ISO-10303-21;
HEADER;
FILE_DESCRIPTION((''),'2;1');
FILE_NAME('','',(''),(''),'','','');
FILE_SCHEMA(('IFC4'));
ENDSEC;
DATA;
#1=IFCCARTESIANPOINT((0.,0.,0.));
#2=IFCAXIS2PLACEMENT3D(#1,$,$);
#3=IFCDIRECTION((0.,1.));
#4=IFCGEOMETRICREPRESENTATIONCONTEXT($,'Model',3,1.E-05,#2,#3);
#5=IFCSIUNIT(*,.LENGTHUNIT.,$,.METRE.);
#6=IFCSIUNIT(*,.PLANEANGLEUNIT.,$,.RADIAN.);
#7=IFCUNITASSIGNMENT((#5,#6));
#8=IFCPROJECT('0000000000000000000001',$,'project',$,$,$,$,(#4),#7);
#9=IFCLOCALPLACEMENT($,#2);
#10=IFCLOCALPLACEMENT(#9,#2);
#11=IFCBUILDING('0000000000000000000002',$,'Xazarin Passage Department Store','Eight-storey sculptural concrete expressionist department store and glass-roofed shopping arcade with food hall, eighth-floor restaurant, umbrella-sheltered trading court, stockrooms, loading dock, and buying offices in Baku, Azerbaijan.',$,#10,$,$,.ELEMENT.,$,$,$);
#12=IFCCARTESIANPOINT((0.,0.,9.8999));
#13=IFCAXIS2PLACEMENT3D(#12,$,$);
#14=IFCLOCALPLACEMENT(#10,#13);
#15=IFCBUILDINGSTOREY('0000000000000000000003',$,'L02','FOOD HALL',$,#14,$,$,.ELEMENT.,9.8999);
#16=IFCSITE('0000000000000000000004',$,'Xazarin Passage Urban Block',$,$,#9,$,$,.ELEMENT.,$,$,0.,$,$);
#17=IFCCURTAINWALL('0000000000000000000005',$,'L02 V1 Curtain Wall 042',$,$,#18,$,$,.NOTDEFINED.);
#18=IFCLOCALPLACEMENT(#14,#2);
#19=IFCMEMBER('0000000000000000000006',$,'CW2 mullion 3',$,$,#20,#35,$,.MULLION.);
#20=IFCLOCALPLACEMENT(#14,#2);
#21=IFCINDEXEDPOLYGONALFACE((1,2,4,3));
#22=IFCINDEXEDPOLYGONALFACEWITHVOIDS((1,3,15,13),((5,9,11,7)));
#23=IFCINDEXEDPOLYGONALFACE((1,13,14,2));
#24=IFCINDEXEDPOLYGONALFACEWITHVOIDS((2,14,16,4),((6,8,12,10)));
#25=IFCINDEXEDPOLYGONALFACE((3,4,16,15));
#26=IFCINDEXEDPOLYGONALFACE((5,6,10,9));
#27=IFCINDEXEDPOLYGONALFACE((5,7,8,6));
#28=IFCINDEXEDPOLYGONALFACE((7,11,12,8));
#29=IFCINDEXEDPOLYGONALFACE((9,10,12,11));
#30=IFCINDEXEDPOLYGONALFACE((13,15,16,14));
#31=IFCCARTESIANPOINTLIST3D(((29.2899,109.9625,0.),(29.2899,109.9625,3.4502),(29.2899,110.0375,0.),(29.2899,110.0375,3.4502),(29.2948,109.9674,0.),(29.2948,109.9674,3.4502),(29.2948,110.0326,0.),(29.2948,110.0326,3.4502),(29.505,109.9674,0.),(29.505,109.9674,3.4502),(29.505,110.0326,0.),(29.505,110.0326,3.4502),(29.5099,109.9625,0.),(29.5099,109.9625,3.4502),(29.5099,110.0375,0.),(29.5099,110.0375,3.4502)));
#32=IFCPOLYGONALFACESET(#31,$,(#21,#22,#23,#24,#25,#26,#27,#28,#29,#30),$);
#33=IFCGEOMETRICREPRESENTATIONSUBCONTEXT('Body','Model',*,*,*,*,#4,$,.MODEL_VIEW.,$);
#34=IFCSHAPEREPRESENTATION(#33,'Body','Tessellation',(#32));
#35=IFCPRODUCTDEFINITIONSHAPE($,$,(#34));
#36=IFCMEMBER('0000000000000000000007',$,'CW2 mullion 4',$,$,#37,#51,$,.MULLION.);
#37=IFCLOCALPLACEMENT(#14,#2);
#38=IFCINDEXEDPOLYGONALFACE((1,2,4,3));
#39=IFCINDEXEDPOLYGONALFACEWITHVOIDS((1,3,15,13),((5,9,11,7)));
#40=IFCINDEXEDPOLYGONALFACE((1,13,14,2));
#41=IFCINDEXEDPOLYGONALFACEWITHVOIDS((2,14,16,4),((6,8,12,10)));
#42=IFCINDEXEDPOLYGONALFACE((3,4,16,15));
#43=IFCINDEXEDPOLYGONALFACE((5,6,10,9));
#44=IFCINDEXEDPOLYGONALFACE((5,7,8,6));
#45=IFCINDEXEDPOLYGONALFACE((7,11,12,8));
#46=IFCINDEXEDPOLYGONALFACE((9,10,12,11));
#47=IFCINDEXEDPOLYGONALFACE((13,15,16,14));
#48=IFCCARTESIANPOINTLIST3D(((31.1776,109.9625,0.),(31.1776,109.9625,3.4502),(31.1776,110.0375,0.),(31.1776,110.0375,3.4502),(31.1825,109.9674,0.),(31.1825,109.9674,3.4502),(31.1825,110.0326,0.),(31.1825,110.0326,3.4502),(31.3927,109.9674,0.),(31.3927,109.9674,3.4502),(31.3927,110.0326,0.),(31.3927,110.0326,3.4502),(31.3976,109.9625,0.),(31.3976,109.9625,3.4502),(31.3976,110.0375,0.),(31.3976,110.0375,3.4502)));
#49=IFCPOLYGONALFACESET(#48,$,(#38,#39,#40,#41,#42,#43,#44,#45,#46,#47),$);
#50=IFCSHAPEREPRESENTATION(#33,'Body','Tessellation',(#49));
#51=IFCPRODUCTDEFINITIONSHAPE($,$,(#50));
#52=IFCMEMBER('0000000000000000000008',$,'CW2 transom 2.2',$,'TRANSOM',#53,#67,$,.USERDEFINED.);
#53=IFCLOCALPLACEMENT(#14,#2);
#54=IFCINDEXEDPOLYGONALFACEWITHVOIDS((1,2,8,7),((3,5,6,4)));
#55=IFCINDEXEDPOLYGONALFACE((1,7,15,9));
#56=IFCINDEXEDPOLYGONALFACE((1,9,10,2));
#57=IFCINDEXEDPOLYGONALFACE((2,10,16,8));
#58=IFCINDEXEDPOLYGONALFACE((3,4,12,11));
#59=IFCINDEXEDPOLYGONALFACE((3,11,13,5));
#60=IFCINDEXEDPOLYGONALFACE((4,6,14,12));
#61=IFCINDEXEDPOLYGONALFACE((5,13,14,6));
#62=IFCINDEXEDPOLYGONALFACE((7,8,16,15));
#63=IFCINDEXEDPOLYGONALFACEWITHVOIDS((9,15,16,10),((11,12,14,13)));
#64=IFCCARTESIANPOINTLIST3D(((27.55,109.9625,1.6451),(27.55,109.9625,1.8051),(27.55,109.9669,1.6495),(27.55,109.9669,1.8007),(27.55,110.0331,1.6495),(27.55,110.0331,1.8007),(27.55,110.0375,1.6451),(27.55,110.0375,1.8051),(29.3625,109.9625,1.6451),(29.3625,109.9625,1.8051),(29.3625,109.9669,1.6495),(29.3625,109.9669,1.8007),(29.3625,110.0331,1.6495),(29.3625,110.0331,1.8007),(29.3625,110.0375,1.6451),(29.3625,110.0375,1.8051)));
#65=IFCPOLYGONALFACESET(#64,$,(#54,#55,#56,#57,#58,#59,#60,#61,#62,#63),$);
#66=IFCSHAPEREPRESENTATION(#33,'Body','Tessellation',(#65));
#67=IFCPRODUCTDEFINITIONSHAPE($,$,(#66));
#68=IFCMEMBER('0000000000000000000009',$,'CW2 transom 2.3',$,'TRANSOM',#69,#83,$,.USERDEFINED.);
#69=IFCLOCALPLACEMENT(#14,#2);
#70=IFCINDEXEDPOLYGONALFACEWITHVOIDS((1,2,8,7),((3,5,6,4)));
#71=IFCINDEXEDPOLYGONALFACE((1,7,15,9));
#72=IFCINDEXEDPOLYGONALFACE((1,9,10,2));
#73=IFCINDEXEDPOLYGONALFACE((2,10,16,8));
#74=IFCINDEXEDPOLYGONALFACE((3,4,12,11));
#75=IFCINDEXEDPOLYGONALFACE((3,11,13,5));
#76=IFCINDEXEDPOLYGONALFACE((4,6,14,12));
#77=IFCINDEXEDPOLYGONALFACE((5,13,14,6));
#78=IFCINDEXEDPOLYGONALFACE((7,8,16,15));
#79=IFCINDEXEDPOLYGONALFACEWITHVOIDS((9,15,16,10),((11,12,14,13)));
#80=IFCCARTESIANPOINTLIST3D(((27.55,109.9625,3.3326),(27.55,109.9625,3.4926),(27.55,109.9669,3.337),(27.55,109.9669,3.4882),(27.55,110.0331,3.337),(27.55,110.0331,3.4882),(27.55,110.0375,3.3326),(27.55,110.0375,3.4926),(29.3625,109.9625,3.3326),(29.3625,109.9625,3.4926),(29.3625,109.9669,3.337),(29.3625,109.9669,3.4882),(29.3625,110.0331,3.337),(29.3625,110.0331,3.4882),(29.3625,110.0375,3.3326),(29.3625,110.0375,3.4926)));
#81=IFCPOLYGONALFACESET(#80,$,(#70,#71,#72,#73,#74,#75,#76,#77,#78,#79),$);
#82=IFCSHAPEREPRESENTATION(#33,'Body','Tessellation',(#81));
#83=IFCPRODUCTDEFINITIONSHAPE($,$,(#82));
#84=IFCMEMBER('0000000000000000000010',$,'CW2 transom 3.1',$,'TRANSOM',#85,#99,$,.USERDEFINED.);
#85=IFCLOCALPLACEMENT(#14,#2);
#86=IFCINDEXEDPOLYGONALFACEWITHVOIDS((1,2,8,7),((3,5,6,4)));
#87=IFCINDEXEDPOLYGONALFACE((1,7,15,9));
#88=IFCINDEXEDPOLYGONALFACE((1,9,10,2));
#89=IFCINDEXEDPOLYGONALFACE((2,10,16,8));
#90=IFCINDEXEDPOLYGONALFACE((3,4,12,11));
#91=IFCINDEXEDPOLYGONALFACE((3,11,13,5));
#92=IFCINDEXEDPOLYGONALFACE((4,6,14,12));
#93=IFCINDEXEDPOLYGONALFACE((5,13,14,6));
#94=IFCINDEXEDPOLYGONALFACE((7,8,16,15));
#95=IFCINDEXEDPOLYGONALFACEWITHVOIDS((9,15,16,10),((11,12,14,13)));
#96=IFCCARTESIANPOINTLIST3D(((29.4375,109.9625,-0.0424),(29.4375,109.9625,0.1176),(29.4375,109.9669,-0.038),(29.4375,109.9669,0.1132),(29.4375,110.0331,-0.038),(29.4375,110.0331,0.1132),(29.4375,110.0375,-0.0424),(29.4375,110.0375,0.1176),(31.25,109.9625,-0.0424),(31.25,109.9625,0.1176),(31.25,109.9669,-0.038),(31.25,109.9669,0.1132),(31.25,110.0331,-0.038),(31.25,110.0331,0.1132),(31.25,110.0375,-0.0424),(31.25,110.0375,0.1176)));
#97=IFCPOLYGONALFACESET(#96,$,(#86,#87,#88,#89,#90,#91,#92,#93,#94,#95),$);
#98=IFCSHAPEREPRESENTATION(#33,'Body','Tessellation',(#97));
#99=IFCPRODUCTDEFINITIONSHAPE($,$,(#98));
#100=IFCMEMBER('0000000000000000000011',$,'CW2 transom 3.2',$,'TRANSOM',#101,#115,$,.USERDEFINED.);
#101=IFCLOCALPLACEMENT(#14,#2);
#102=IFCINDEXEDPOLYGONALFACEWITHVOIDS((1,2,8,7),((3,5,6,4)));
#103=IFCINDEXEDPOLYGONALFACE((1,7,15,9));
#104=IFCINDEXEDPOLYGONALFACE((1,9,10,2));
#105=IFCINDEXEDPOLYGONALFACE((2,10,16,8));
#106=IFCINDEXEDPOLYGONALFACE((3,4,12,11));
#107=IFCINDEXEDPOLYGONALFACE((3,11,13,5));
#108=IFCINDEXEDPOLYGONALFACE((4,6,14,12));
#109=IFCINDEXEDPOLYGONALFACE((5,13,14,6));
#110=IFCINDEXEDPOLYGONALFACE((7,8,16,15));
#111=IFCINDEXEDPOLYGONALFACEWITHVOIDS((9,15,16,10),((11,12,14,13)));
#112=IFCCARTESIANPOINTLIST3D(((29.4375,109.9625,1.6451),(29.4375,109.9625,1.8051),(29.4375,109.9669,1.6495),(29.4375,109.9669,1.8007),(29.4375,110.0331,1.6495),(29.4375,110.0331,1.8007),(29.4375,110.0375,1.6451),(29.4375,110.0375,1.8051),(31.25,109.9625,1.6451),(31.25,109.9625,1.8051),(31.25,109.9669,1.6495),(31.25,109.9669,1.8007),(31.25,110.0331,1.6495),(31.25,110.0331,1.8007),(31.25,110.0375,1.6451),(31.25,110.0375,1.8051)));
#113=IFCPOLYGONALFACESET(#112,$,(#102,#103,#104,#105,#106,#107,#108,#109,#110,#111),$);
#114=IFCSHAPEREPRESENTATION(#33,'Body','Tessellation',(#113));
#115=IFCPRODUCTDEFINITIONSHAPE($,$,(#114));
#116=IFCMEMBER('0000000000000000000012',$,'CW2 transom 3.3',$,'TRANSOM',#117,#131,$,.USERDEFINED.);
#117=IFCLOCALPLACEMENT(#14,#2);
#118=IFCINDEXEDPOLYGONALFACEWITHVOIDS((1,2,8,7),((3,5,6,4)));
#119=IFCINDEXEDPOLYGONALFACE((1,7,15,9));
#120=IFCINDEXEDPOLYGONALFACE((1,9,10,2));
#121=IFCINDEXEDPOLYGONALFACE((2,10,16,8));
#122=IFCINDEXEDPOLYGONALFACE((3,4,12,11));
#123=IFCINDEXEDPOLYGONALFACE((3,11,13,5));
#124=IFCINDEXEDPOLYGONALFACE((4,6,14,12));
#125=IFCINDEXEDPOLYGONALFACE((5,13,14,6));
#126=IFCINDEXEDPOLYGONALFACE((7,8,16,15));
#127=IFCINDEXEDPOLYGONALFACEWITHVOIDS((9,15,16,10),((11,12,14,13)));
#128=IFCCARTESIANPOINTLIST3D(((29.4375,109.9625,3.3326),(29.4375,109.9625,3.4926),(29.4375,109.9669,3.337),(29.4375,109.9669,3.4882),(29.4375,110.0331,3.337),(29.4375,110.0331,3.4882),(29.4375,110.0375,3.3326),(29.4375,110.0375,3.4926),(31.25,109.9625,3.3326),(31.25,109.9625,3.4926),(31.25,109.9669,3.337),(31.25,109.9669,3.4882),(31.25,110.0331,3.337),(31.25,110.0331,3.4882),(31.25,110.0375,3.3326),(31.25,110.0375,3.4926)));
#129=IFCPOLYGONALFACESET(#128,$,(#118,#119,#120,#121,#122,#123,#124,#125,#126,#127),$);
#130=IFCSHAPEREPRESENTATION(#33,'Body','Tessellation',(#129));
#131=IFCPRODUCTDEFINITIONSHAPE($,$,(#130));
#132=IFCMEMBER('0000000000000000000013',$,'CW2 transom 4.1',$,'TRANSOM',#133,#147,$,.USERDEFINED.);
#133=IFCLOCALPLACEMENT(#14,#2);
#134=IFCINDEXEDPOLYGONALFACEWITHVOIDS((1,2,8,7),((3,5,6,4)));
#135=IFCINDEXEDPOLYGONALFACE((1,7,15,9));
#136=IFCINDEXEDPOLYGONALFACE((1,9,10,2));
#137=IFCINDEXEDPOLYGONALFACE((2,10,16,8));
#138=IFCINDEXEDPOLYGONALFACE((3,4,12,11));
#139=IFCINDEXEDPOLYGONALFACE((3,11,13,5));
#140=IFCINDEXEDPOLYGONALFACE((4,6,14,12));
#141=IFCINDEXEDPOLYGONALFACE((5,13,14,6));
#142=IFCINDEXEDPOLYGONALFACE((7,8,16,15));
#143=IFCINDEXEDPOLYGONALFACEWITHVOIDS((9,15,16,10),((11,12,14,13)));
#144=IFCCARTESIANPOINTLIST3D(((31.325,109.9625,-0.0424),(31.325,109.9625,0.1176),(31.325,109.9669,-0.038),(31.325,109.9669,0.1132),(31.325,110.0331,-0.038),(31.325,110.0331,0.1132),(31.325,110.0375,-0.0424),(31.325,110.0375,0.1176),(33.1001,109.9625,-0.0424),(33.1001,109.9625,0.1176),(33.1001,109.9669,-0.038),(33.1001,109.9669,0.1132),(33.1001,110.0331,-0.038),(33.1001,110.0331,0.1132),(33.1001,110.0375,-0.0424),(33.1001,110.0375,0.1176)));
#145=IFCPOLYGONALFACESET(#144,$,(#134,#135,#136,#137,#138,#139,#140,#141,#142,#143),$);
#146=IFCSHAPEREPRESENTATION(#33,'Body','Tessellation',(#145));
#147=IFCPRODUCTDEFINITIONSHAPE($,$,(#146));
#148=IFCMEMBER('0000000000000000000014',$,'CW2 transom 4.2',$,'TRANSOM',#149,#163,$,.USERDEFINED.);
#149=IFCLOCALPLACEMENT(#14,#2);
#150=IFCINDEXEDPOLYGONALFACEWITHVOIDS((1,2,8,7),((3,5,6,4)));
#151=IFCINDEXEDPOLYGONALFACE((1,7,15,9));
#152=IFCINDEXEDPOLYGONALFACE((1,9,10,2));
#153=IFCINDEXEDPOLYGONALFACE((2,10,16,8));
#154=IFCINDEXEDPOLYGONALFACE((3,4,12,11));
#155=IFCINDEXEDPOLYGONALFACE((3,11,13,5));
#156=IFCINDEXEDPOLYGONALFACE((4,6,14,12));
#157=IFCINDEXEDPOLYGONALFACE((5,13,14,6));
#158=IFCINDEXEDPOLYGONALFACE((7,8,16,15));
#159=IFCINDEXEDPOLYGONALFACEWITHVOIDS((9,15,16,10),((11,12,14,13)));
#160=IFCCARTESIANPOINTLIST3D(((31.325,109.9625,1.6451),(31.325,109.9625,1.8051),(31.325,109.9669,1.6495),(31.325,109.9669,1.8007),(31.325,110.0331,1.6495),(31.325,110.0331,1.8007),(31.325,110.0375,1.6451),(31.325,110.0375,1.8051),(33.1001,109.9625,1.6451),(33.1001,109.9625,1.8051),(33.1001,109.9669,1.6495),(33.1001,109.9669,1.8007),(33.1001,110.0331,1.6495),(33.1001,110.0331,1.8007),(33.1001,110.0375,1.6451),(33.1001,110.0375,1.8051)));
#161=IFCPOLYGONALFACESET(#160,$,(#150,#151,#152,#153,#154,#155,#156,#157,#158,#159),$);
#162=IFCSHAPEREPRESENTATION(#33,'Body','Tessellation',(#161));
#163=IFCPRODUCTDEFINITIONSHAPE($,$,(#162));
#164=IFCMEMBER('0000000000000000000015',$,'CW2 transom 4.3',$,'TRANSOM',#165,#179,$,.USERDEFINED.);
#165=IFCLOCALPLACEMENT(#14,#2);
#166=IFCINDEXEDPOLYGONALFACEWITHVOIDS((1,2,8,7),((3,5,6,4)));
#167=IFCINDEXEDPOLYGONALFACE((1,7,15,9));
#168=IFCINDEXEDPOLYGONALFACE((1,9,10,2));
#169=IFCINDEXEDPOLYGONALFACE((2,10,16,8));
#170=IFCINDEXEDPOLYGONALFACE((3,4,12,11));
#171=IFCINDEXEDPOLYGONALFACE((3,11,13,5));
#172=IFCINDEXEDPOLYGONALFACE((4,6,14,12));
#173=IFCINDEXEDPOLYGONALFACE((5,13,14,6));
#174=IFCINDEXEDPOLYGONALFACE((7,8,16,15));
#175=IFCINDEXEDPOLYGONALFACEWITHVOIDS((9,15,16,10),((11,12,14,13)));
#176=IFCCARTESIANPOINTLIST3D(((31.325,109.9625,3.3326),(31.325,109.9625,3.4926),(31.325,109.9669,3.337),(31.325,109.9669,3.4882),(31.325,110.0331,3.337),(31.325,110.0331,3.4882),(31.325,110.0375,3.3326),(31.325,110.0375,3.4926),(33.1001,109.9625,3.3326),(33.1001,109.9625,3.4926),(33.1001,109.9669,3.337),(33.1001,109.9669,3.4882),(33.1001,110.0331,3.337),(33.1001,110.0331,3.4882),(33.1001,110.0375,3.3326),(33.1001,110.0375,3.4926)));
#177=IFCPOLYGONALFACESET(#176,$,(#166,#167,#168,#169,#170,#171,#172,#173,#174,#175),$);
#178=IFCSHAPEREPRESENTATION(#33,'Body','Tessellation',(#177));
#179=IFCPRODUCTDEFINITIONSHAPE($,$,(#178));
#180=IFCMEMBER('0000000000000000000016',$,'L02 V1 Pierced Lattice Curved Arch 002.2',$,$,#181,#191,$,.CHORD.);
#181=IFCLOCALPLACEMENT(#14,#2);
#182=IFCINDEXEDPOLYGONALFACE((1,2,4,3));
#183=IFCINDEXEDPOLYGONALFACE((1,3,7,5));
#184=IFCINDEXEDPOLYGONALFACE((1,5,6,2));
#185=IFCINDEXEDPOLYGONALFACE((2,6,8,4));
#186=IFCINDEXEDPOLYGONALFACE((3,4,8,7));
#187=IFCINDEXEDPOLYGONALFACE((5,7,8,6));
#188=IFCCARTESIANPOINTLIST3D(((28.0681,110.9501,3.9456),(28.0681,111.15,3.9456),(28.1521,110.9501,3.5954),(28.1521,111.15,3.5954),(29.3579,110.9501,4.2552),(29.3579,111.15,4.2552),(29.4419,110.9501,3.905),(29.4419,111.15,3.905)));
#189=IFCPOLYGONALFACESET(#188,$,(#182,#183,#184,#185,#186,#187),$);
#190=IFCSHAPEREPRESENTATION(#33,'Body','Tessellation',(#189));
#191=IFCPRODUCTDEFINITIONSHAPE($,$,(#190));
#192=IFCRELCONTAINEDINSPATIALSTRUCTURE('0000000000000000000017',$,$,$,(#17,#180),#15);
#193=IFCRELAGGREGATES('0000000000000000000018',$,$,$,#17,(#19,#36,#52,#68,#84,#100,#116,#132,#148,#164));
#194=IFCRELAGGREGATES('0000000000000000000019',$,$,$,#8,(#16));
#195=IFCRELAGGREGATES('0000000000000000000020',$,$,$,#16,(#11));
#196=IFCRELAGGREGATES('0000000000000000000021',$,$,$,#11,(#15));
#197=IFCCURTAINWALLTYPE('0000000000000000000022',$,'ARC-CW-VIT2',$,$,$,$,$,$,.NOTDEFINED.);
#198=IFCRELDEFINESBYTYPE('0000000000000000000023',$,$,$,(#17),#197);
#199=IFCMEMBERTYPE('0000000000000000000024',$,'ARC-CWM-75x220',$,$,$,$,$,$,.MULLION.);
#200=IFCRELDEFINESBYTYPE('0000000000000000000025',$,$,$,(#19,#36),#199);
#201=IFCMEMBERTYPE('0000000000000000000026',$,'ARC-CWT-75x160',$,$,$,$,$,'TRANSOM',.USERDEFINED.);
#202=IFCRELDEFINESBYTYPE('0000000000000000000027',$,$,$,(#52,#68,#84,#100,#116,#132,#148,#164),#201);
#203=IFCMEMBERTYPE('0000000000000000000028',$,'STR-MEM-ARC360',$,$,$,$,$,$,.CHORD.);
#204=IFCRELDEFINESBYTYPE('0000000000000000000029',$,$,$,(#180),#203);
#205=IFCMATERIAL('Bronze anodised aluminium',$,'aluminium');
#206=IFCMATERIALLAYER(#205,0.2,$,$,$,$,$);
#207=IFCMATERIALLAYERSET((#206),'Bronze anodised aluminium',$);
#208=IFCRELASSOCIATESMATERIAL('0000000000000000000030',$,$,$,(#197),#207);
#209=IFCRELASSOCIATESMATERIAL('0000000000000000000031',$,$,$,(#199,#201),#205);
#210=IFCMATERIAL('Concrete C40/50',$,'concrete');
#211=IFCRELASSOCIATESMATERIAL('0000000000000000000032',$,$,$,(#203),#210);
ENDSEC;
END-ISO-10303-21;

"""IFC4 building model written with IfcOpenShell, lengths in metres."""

from ifc_helpers import new_model, si_unit, direction, frame, origin, origin_2d, place, context, subcontext, project, spatial, rectangle, hollow_rectangle, extrude, material, layer, layer_set, material_profile, profile_set, type_object, element, aggregate, save


model = new_model("IFC4")

# Units and contexts
model_context = context("Model", 3, precision=1e-05, world=origin(), true_north=direction((0.0, 1.0)))
body_context = subcontext(model_context, "Body", "Model", "MODEL_VIEW")
ifc_project = project(units=[si_unit("LENGTHUNIT", "METRE"), si_unit("PLANEANGLEUNIT", "RADIAN")], contexts=[model_context])

# Site, building, storey
site_placement = place(None, origin())
site = spatial("IfcSite", under=ifc_project, at=site_placement, Name="Xazarin Passage Urban Block", CompositionType="ELEMENT", RefElevation=0.0)
building_placement = place(site_placement, origin())
building = spatial("IfcBuilding", under=site, at=building_placement, Name="Xazarin Passage Department Store", Description="Eight-storey sculptural concrete expressionist department store and glass-roofed shopping arcade with food hall, eighth-floor restaurant, umbrella-sheltered trading court, stockrooms, loading dock, and buying offices in Baku, Azerbaijan.", CompositionType="ELEMENT")
storey_placement = place(building_placement, frame((0.0, 0.0, 9.8999)))
storey = spatial("IfcBuildingStorey", under=building, at=storey_placement, Name="L02", Description="FOOD HALL", CompositionType="ELEMENT", Elevation=9.8999)

# Curtain wall, members
ifc_material_1 = material(Name="Bronze anodised aluminium", Category="aluminium")
ifc_layer_1 = layer(ifc_material_1, 0.2)
ifc_layer_set_1 = layer_set([ifc_layer_1], Name="Bronze anodised aluminium")
curtain_wall_type = type_object("IfcCurtainWallType", Name="ARC-CW-VIT2", PredefinedType="NOTDEFINED", material=ifc_layer_set_1)
curtain_wall_placement = place(storey_placement, origin())
curtain_wall = element("IfcCurtainWall", 1, at=curtain_wall_placement, inside=storey, type_object=curtain_wall_type, Name="L02 V1 Curtain Wall 042", PredefinedType="NOTDEFINED")
ifc_material_profile_1 = material_profile(ifc_material_1, hollow_rectangle(XDim=0.075, YDim=0.22, WallThickness=0.0049, at=origin_2d()), Name="ALU 75x220")
ifc_profile_set_1 = profile_set([ifc_material_profile_1], Name="Bronze anodised aluminium")
member_type_1 = type_object("IfcMemberType", Name="ARC-CWM-75x220", PredefinedType="MULLION", material=ifc_profile_set_1)
member_1_placement = place(storey_placement, frame((29.3999, 110.0, 0.0), z_axis=(0.0, 0.0, 1.0), x_axis=(0.0, 1.0, 0.0)))
member_1 = element("IfcMember", 2, at=member_1_placement, type_object=member_type_1, Name="CW2 mullion 3", PredefinedType="MULLION", context=body_context, shape_type="SweptSolid", body=[
    extrude(hollow_rectangle(XDim=0.075, YDim=0.22, WallThickness=0.0049, at=origin_2d()), origin(), (0.0, 0.0, 1.0), 3.4502),
])
member_2_placement = place(storey_placement, frame((31.2876, 110.0, 0.0), z_axis=(0.0, 0.0, 1.0), x_axis=(0.0, 1.0, 0.0)))
member_2 = element("IfcMember", 3, at=member_2_placement, type_object=member_type_1, Name="CW2 mullion 4", PredefinedType="MULLION", context=body_context, shape_type="SweptSolid", body=[
    extrude(hollow_rectangle(XDim=0.075, YDim=0.22, WallThickness=0.0049, at=origin_2d()), origin(), (0.0, 0.0, 1.0), 3.4502),
])
ifc_material_profile_2 = material_profile(ifc_material_1, hollow_rectangle(XDim=0.075, YDim=0.1599, WallThickness=0.0044, at=origin_2d()), Name="ALU 75x160")
ifc_profile_set_2 = profile_set([ifc_material_profile_2], Name="Bronze anodised aluminium")
member_type_2 = type_object("IfcMemberType", Name="ARC-CWT-75x160", ElementType="TRANSOM", PredefinedType="USERDEFINED", material=ifc_profile_set_2)
member_3_placement = place(storey_placement, frame((27.55, 110.0, 1.7251), z_axis=(1.0, 0.0, 0.0), x_axis=(0.0, 1.0, 0.0)))
member_3 = element("IfcMember", 4, at=member_3_placement, type_object=member_type_2, Name="CW2 transom 2.2", ObjectType="TRANSOM", PredefinedType="USERDEFINED", context=body_context, shape_type="SweptSolid", body=[
    extrude(hollow_rectangle(XDim=0.075, YDim=0.1599, WallThickness=0.0044, at=origin_2d()), origin(), (0.0, 0.0, 1.0), 1.8125),
])
member_4_placement = place(storey_placement, frame((27.55, 110.0, 3.4126), z_axis=(1.0, 0.0, 0.0), x_axis=(0.0, 1.0, 0.0)))
member_4 = element("IfcMember", 5, at=member_4_placement, type_object=member_type_2, Name="CW2 transom 2.3", ObjectType="TRANSOM", PredefinedType="USERDEFINED", context=body_context, shape_type="SweptSolid", body=[
    extrude(hollow_rectangle(XDim=0.075, YDim=0.1599, WallThickness=0.0044, at=origin_2d()), origin(), (0.0, 0.0, 1.0), 1.8125),
])
member_5_placement = place(storey_placement, frame((29.4375, 110.0, 0.0376), z_axis=(1.0, 0.0, 0.0), x_axis=(0.0, 1.0, 0.0)))
member_5 = element("IfcMember", 6, at=member_5_placement, type_object=member_type_2, Name="CW2 transom 3.1", ObjectType="TRANSOM", PredefinedType="USERDEFINED", context=body_context, shape_type="SweptSolid", body=[
    extrude(hollow_rectangle(XDim=0.075, YDim=0.1599, WallThickness=0.0044, at=origin_2d()), origin(), (0.0, 0.0, 1.0), 1.8125),
])
member_6_placement = place(storey_placement, frame((29.4375, 110.0, 1.7251), z_axis=(1.0, 0.0, 0.0), x_axis=(0.0, 1.0, 0.0)))
member_6 = element("IfcMember", 7, at=member_6_placement, type_object=member_type_2, Name="CW2 transom 3.2", ObjectType="TRANSOM", PredefinedType="USERDEFINED", context=body_context, shape_type="SweptSolid", body=[
    extrude(hollow_rectangle(XDim=0.075, YDim=0.1599, WallThickness=0.0044, at=origin_2d()), origin(), (0.0, 0.0, 1.0), 1.8125),
])
member_7_placement = place(storey_placement, frame((29.4375, 110.0, 3.4126), z_axis=(1.0, 0.0, 0.0), x_axis=(0.0, 1.0, 0.0)))
member_7 = element("IfcMember", 8, at=member_7_placement, type_object=member_type_2, Name="CW2 transom 3.3", ObjectType="TRANSOM", PredefinedType="USERDEFINED", context=body_context, shape_type="SweptSolid", body=[
    extrude(hollow_rectangle(XDim=0.075, YDim=0.1599, WallThickness=0.0044, at=origin_2d()), origin(), (0.0, 0.0, 1.0), 1.8125),
])
member_8_placement = place(storey_placement, frame((31.325, 110.0, 0.0376), z_axis=(1.0, 0.0, 0.0), x_axis=(0.0, 1.0, 0.0)))
member_8 = element("IfcMember", 9, at=member_8_placement, type_object=member_type_2, Name="CW2 transom 4.1", ObjectType="TRANSOM", PredefinedType="USERDEFINED", context=body_context, shape_type="SweptSolid", body=[
    extrude(hollow_rectangle(XDim=0.075, YDim=0.1599, WallThickness=0.0044, at=origin_2d()), origin(), (0.0, 0.0, 1.0), 1.7751),
])
member_9_placement = place(storey_placement, frame((31.325, 110.0, 1.7251), z_axis=(1.0, 0.0, 0.0), x_axis=(0.0, 1.0, 0.0)))
member_9 = element("IfcMember", 10, at=member_9_placement, type_object=member_type_2, Name="CW2 transom 4.2", ObjectType="TRANSOM", PredefinedType="USERDEFINED", context=body_context, shape_type="SweptSolid", body=[
    extrude(hollow_rectangle(XDim=0.075, YDim=0.1599, WallThickness=0.0044, at=origin_2d()), origin(), (0.0, 0.0, 1.0), 1.7751),
])
member_10_placement = place(storey_placement, frame((31.325, 110.0, 3.4126), z_axis=(1.0, 0.0, 0.0), x_axis=(0.0, 1.0, 0.0)))
member_10 = element("IfcMember", 11, at=member_10_placement, type_object=member_type_2, Name="CW2 transom 4.3", ObjectType="TRANSOM", PredefinedType="USERDEFINED", context=body_context, shape_type="SweptSolid", body=[
    extrude(hollow_rectangle(XDim=0.075, YDim=0.1599, WallThickness=0.0044, at=origin_2d()), origin(), (0.0, 0.0, 1.0), 1.7751),
])

# Member
ifc_material_2 = material(Name="Concrete C40/50", Category="concrete")
ifc_material_profile_3 = material_profile(ifc_material_2, rectangle(XDim=0.2, YDim=0.3601, at=origin_2d()), Name="RC 200x360")
ifc_profile_set_3 = profile_set([ifc_material_profile_3], Name="Concrete C40/50")
member_type_3 = type_object("IfcMemberType", Name="STR-MEM-ARC360", PredefinedType="CHORD", material=ifc_profile_set_3)
member_11_placement = place(storey_placement, frame((28.1101, 111.05, 3.7705), z_axis=(0.972384, 0.0, 0.233387), x_axis=(0.0, 1.0, 0.0)))
element("IfcMember", 12, at=member_11_placement, inside=storey, type_object=member_type_3, Name="L02 V1 Pierced Lattice Curved Arch 002.2", PredefinedType="CHORD", context=body_context, shape_type="SweptSolid", body=[
    extrude(rectangle(XDim=0.2, YDim=0.3601, at=origin_2d()), origin(), (0.0, 0.0, 1.0), 1.3264),
])

aggregate(curtain_wall, [member_1, member_2, member_3, member_4, member_5, member_6, member_7, member_8, member_9, member_10])

save(model, "model.ifc")
